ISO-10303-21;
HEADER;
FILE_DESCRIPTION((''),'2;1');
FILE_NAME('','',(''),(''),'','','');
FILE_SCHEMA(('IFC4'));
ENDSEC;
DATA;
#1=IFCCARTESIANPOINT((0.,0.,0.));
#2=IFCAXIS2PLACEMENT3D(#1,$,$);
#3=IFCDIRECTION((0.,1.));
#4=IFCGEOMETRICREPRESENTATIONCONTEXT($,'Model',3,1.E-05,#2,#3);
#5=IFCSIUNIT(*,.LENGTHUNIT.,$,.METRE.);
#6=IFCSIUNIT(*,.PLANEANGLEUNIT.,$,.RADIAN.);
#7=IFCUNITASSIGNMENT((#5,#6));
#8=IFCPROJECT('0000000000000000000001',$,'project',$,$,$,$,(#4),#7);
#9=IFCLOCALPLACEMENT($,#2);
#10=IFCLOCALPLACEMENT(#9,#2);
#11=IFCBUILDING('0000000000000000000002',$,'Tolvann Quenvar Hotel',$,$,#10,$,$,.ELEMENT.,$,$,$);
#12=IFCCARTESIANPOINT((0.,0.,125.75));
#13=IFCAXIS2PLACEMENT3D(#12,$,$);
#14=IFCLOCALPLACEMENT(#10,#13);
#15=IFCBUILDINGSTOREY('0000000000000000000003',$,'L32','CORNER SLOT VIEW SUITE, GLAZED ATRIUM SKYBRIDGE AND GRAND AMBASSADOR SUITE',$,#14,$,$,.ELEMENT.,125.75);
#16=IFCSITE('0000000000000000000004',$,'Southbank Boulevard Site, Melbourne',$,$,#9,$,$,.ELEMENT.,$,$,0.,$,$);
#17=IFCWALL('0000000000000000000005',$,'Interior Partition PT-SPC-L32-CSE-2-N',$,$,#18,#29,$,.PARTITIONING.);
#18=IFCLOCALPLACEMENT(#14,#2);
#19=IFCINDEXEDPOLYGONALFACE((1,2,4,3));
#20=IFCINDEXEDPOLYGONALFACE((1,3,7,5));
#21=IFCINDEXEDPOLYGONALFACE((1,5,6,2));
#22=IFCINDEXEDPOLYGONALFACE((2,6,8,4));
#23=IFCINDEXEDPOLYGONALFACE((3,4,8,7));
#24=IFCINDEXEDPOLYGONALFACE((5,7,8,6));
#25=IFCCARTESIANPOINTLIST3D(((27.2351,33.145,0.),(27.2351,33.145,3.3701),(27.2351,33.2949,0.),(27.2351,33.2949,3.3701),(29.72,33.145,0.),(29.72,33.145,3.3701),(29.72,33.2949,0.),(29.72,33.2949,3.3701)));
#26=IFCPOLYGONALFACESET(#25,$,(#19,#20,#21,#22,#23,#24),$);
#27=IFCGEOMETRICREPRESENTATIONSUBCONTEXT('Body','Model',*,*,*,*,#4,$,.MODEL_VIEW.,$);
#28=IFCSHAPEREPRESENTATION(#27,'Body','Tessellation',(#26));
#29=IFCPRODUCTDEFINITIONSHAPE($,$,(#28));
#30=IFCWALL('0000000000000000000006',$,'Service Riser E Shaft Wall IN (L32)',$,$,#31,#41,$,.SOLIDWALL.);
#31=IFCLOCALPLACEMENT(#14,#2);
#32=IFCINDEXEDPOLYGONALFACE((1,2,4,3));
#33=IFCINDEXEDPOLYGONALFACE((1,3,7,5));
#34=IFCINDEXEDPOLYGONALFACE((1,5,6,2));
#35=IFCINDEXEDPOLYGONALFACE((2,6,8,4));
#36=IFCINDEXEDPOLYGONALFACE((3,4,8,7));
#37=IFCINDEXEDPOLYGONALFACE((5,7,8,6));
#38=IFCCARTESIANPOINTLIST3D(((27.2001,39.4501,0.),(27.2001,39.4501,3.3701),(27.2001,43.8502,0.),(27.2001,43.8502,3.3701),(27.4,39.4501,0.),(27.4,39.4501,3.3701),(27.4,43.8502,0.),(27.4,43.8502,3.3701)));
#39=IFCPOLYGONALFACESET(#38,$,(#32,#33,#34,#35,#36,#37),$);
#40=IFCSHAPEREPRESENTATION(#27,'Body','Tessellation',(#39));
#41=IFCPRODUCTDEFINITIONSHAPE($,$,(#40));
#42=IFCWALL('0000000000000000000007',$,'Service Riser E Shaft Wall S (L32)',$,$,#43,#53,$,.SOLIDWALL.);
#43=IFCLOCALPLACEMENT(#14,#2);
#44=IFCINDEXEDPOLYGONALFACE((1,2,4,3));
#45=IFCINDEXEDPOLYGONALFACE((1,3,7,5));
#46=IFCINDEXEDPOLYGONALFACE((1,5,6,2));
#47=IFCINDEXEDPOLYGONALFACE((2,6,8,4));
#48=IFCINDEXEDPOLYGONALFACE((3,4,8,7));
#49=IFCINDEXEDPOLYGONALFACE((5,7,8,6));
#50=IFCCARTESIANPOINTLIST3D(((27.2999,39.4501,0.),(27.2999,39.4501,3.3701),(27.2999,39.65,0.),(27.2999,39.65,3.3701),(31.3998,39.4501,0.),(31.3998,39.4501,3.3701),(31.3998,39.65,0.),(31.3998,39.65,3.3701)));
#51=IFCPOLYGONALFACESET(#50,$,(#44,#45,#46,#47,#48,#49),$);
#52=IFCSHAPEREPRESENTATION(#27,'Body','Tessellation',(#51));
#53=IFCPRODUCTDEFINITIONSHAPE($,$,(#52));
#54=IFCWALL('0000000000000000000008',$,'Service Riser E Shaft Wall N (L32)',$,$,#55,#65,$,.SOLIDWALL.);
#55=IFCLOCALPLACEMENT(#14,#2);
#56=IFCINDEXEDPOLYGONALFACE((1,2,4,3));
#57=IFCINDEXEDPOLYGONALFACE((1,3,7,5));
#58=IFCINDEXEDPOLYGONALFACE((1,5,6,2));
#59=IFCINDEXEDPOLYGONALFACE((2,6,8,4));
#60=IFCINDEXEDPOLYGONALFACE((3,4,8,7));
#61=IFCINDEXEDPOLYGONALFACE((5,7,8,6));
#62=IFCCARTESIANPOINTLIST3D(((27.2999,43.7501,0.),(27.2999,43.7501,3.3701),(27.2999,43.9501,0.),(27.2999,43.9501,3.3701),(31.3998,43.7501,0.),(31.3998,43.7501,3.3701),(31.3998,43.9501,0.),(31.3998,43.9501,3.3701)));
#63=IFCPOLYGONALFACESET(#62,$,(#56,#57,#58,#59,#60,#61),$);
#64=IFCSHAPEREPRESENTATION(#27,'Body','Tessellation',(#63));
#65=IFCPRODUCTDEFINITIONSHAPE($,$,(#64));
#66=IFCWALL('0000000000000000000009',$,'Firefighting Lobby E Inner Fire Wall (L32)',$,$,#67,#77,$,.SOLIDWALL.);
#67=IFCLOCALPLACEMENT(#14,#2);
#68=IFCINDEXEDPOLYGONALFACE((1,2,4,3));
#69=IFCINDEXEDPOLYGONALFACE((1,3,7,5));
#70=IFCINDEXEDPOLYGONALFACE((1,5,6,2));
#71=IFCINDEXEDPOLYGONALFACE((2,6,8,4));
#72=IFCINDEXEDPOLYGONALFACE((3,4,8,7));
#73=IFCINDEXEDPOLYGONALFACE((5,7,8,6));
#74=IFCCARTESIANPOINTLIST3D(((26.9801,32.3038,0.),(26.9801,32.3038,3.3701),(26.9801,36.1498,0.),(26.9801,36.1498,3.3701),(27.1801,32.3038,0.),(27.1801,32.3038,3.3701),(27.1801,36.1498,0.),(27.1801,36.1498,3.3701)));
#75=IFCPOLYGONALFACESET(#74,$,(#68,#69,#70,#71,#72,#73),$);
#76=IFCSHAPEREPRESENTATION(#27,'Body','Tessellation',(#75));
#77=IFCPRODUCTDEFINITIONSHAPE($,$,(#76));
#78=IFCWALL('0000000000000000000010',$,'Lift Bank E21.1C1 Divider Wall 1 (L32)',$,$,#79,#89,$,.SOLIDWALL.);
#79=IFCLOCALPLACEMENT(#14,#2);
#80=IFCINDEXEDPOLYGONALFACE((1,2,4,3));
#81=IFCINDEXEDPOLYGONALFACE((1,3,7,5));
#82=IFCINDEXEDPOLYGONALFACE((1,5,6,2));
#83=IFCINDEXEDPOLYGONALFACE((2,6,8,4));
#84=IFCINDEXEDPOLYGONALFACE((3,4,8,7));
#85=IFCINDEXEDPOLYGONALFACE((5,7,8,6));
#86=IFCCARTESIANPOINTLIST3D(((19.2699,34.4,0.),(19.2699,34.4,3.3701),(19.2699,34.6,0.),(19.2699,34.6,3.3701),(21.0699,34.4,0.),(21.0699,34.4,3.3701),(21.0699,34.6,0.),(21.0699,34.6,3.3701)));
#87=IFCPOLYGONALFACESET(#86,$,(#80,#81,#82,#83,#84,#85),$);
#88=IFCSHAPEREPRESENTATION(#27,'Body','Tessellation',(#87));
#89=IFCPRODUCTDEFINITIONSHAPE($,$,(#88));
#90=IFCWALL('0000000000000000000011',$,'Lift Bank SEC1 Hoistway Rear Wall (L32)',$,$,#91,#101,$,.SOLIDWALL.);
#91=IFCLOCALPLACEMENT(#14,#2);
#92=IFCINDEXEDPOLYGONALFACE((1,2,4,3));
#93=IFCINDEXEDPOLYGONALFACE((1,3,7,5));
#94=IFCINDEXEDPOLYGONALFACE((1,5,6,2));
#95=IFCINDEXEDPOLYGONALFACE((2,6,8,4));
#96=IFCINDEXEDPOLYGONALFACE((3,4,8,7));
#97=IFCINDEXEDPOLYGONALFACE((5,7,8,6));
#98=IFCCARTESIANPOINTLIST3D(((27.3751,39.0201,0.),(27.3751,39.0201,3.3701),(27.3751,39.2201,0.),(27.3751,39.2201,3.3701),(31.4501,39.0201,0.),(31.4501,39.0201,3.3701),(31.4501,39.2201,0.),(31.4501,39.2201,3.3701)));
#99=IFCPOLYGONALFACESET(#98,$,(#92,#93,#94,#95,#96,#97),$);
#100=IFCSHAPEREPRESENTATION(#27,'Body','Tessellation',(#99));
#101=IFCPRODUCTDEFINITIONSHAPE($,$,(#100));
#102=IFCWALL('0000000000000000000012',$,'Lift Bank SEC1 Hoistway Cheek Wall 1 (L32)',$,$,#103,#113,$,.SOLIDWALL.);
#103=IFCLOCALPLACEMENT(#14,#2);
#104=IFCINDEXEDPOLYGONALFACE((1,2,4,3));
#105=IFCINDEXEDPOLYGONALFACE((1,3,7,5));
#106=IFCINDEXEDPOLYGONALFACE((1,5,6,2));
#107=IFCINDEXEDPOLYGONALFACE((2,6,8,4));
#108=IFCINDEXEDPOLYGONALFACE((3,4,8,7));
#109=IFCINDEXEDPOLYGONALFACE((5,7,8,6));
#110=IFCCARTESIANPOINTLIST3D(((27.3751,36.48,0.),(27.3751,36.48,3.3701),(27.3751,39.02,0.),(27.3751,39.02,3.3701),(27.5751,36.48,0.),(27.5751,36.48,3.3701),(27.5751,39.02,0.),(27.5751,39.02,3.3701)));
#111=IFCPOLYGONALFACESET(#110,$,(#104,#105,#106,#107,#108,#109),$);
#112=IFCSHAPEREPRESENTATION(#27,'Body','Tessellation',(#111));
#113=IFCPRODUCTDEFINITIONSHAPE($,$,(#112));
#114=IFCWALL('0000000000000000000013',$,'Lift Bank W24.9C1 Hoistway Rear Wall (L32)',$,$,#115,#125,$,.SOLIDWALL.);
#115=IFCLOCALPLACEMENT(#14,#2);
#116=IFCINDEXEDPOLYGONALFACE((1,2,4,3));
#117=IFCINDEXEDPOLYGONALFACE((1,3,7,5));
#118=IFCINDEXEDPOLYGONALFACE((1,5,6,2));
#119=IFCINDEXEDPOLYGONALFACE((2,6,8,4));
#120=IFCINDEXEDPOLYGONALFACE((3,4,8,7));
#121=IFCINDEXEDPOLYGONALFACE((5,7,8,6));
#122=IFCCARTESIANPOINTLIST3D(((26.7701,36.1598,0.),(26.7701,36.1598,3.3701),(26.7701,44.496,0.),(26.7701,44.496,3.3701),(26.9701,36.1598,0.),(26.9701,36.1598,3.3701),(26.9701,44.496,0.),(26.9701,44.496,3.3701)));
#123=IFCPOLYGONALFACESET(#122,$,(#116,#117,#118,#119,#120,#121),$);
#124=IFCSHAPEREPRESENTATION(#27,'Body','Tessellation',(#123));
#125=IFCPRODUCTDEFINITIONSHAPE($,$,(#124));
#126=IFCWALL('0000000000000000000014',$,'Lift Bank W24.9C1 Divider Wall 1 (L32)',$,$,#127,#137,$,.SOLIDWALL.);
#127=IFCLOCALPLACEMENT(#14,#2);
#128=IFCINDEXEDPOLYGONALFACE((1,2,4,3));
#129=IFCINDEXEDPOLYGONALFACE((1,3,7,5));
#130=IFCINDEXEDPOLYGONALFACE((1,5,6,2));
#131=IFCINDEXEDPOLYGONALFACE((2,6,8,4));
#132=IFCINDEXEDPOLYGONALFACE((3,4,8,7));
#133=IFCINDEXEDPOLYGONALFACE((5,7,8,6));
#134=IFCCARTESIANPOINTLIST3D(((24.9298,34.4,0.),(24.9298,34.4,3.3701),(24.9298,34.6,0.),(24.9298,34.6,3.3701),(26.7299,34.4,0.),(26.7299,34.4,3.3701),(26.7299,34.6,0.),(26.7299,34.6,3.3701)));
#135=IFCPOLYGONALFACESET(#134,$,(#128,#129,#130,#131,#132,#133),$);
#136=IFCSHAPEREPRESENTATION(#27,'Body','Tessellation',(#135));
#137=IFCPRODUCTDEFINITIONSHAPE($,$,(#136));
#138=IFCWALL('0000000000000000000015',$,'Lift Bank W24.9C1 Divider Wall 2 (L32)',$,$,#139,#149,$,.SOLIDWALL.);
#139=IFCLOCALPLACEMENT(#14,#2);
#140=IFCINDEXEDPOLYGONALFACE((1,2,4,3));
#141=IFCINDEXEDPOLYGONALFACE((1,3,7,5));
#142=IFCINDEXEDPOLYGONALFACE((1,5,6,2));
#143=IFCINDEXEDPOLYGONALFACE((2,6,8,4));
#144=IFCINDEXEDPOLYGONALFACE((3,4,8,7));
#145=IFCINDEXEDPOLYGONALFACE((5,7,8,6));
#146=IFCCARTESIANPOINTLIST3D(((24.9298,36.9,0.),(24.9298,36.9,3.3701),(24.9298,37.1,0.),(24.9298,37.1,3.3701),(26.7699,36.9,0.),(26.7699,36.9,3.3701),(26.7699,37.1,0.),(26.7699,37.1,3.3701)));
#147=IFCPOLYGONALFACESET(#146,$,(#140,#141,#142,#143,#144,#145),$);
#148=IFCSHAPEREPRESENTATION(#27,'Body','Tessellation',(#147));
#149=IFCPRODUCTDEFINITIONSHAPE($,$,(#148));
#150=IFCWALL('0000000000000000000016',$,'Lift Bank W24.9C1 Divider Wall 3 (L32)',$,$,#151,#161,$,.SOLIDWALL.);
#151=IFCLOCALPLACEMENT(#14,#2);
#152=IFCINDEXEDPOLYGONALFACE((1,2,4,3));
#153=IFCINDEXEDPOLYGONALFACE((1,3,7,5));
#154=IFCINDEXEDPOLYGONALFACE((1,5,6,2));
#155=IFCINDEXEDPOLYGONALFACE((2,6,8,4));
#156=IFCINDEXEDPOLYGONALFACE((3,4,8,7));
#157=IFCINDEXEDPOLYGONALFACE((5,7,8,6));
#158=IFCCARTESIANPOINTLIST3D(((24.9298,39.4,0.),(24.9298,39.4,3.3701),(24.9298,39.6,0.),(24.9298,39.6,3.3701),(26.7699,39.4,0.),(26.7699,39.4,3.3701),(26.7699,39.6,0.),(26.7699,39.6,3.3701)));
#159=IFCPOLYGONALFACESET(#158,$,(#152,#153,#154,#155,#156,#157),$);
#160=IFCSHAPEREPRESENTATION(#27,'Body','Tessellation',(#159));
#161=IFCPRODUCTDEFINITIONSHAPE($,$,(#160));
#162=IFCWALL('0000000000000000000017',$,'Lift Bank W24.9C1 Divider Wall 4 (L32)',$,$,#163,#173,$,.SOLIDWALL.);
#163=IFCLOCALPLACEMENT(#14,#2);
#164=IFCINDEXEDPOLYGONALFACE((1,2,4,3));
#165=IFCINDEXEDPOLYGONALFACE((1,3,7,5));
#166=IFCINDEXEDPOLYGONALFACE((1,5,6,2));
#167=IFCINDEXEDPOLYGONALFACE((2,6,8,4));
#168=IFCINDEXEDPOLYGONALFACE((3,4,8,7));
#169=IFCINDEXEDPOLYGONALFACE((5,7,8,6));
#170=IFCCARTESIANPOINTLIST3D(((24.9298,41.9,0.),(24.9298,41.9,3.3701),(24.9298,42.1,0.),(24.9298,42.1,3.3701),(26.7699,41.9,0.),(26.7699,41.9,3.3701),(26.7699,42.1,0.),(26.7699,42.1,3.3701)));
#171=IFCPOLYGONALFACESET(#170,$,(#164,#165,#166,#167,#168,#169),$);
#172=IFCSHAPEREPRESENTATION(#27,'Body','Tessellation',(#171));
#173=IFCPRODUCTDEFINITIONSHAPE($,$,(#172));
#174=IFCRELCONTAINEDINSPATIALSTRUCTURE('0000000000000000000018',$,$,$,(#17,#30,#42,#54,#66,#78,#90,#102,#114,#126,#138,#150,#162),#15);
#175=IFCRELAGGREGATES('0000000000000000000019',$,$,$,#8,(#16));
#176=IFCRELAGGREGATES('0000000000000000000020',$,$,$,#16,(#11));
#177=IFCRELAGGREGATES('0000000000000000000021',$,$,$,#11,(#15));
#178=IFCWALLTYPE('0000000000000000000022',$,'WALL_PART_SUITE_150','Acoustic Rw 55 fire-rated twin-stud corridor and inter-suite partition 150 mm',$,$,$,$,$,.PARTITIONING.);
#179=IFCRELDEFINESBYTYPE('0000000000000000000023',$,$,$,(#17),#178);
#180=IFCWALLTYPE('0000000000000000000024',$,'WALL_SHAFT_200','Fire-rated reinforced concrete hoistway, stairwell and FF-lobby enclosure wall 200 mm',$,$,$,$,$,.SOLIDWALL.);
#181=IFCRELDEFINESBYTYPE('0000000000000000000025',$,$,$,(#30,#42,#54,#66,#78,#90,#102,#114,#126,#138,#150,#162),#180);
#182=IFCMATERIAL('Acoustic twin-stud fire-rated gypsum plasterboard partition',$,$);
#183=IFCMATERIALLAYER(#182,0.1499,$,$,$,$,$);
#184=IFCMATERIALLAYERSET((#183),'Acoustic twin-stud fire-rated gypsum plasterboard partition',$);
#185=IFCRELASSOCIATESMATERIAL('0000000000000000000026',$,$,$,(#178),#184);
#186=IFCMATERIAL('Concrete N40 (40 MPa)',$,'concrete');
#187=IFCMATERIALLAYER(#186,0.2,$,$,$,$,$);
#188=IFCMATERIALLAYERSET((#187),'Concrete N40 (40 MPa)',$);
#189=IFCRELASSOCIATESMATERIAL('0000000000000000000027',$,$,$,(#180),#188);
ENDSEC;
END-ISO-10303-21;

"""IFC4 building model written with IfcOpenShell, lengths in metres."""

from ifc_helpers import new_model, si_unit, direction, frame, frame_2d, origin, place, context, subcontext, project, spatial, rectangle, extrude, material, layer, layer_set, type_object, element, save


model = new_model("IFC4")

# Units and contexts
model_context = context("Model", 3, precision=1e-05, world=origin(), true_north=direction((0.0, 1.0)))
body_context = subcontext(model_context, "Body", "Model", "MODEL_VIEW")
ifc_project = project(units=[si_unit("LENGTHUNIT", "METRE"), si_unit("PLANEANGLEUNIT", "RADIAN")], contexts=[model_context])

# Site, building, storey
site_placement = place(None, origin())
site = spatial("IfcSite", under=ifc_project, at=site_placement, Name="Southbank Boulevard Site, Melbourne", CompositionType="ELEMENT", RefElevation=0.0)
building_placement = place(site_placement, origin())
building = spatial("IfcBuilding", under=site, at=building_placement, Name="Tolvann Quenvar Hotel", CompositionType="ELEMENT")
storey_placement = place(building_placement, frame((0.0, 0.0, 125.75)))
storey = spatial("IfcBuildingStorey", under=building, at=storey_placement, Name="L32", Description="CORNER SLOT VIEW SUITE, GLAZED ATRIUM SKYBRIDGE AND GRAND AMBASSADOR SUITE", CompositionType="ELEMENT", Elevation=125.75)

# Walls
ifc_material_1 = material(Name="Acoustic twin-stud fire-rated gypsum plasterboard partition")
ifc_layer_1 = layer(ifc_material_1, 0.1499)
ifc_layer_set_1 = layer_set([ifc_layer_1], Name="Acoustic twin-stud fire-rated gypsum plasterboard partition")
wall_type_1 = type_object("IfcWallType", Name="WALL_PART_SUITE_150", Description="Acoustic Rw 55 fire-rated twin-stud corridor and inter-suite partition 150 mm", PredefinedType="PARTITIONING", material=ifc_layer_set_1)
wall_1_placement = place(storey_placement, frame((27.2351, 33.22, 0.0), z_axis=(0.0, 0.0, 1.0), x_axis=(1.0, 0.0, 0.0)))
element("IfcWall", 1, at=wall_1_placement, inside=storey, type_object=wall_type_1, Name="Interior Partition PT-SPC-L32-CSE-2-N", PredefinedType="PARTITIONING", context=body_context, shape_type="SweptSolid", body=[
    extrude(rectangle(XDim=2.4849, YDim=0.1499, at=frame_2d((1.2424, 0.0))), origin(), (0.0, 0.0, 1.0), 3.3701),
])
ifc_material_2 = material(Name="Concrete N40 (40 MPa)", Category="concrete")
ifc_layer_2 = layer(ifc_material_2, 0.2)
ifc_layer_set_2 = layer_set([ifc_layer_2], Name="Concrete N40 (40 MPa)")
wall_type_2 = type_object("IfcWallType", Name="WALL_SHAFT_200", Description="Fire-rated reinforced concrete hoistway, stairwell and FF-lobby enclosure wall 200 mm", PredefinedType="SOLIDWALL", material=ifc_layer_set_2)
wall_2_placement = place(storey_placement, frame((27.3, 39.45, 0.0), z_axis=(0.0, 0.0, 1.0), x_axis=(0.0, 1.0, 0.0)))
element("IfcWall", 2, at=wall_2_placement, inside=storey, type_object=wall_type_2, Name="Service Riser E Shaft Wall IN (L32)", PredefinedType="SOLIDWALL", context=body_context, shape_type="SweptSolid", body=[
    extrude(rectangle(XDim=4.4001, YDim=0.2, at=frame_2d((2.2002, 0.0))), origin(), (0.0, 0.0, 1.0), 3.3701),
])
for number, where, z_axis, x_axis, name in (
    (3, (27.3, 39.55, 0.0), (0.0, 0.0, 1.0), (1.0, 0.0, 0.0), "Service Riser E Shaft Wall S (L32)"),
    (4, (27.3, 43.8501, 0.0), (0.0, 0.0, 1.0), (1.0, 0.0, 0.0), "Service Riser E Shaft Wall N (L32)"),
):
    element("IfcWall", number, at=place(storey_placement, frame(where, z_axis=z_axis, x_axis=x_axis)), inside=storey, type_object=wall_type_2, Name=name, PredefinedType="SOLIDWALL", context=body_context, shape_type="SweptSolid", body=[
        extrude(rectangle(XDim=4.0999, YDim=0.2, at=frame_2d((2.0498, 0.0))), origin(), (0.0, 0.0, 1.0), 3.3701),
    ])
wall_3_placement = place(storey_placement, frame((27.0801, 32.304, 0.0), z_axis=(0.0, 0.0, 1.0), x_axis=(0.0, 1.0, 0.0)))
element("IfcWall", 5, at=wall_3_placement, inside=storey, type_object=wall_type_2, Name="Firefighting Lobby E Inner Fire Wall (L32)", PredefinedType="SOLIDWALL", context=body_context, shape_type="SweptSolid", body=[
    extrude(rectangle(XDim=3.8459, YDim=0.2, at=frame_2d((1.9229, 0.0))), origin(), (0.0, 0.0, 1.0), 3.3701),
])

# Wall
wall_4_placement = place(storey_placement, frame((19.27, 34.5, 0.0), z_axis=(0.0, 0.0, 1.0), x_axis=(1.0, 0.0, 0.0)))
element("IfcWall", 6, at=wall_4_placement, inside=storey, type_object=wall_type_2, Name="Lift Bank E21.1C1 Divider Wall 1 (L32)", PredefinedType="SOLIDWALL", context=body_context, shape_type="SweptSolid", body=[
    extrude(rectangle(XDim=1.8, YDim=0.2, at=frame_2d((0.8999, 0.0))), origin(), (0.0, 0.0, 1.0), 3.3701),
])

# Walls
wall_5_placement = place(storey_placement, frame((27.375, 39.1201, 0.0), z_axis=(0.0, 0.0, 1.0), x_axis=(1.0, 0.0, 0.0)))
element("IfcWall", 7, at=wall_5_placement, inside=storey, type_object=wall_type_2, Name="Lift Bank SEC1 Hoistway Rear Wall (L32)", PredefinedType="SOLIDWALL", context=body_context, shape_type="SweptSolid", body=[
    extrude(rectangle(XDim=4.075, YDim=0.2, at=frame_2d((2.0376, 0.0))), origin(), (0.0, 0.0, 1.0), 3.3701),
])
wall_6_placement = place(storey_placement, frame((27.4751, 36.48, 0.0), z_axis=(0.0, 0.0, 1.0), x_axis=(0.0, 1.0, 0.0)))
element("IfcWall", 8, at=wall_6_placement, inside=storey, type_object=wall_type_2, Name="Lift Bank SEC1 Hoistway Cheek Wall 1 (L32)", PredefinedType="SOLIDWALL", context=body_context, shape_type="SweptSolid", body=[
    extrude(rectangle(XDim=2.54, YDim=0.2, at=frame_2d((1.27, 0.0))), origin(), (0.0, 0.0, 1.0), 3.3701),
])

# Walls
wall_7_placement = place(storey_placement, frame((26.8701, 36.1599, 0.0), z_axis=(0.0, 0.0, 1.0), x_axis=(0.0, 1.0, 0.0)))
element("IfcWall", 9, at=wall_7_placement, inside=storey, type_object=wall_type_2, Name="Lift Bank W24.9C1 Hoistway Rear Wall (L32)", PredefinedType="SOLIDWALL", context=body_context, shape_type="SweptSolid", body=[
    extrude(rectangle(XDim=8.3362, YDim=0.2, at=frame_2d((4.168, 0.0))), origin(), (0.0, 0.0, 1.0), 3.3701),
])
wall_8_placement = place(storey_placement, frame((24.9299, 34.5, 0.0), z_axis=(0.0, 0.0, 1.0), x_axis=(1.0, 0.0, 0.0)))
element("IfcWall", 10, at=wall_8_placement, inside=storey, type_object=wall_type_2, Name="Lift Bank W24.9C1 Divider Wall 1 (L32)", PredefinedType="SOLIDWALL", context=body_context, shape_type="SweptSolid", body=[
    extrude(rectangle(XDim=1.8, YDim=0.2, at=frame_2d((0.8999, 0.0))), origin(), (0.0, 0.0, 1.0), 3.3701),
])
for number, where, z_axis, x_axis, name in (
    (11, (24.9299, 37.0, 0.0), (0.0, 0.0, 1.0), (1.0, 0.0, 0.0), "Lift Bank W24.9C1 Divider Wall 2 (L32)"),
    (12, (24.9299, 39.5, 0.0), (0.0, 0.0, 1.0), (1.0, 0.0, 0.0), "Lift Bank W24.9C1 Divider Wall 3 (L32)"),
    (13, (24.9299, 42.0, 0.0), (0.0, 0.0, 1.0), (1.0, 0.0, 0.0), "Lift Bank W24.9C1 Divider Wall 4 (L32)"),
):
    element("IfcWall", number, at=place(storey_placement, frame(where, z_axis=z_axis, x_axis=x_axis)), inside=storey, type_object=wall_type_2, Name=name, PredefinedType="SOLIDWALL", context=body_context, shape_type="SweptSolid", body=[
        extrude(rectangle(XDim=1.8401, YDim=0.2, at=frame_2d((0.9199, 0.0))), origin(), (0.0, 0.0, 1.0), 3.3701),
    ])

save(model, "model.ifc")
